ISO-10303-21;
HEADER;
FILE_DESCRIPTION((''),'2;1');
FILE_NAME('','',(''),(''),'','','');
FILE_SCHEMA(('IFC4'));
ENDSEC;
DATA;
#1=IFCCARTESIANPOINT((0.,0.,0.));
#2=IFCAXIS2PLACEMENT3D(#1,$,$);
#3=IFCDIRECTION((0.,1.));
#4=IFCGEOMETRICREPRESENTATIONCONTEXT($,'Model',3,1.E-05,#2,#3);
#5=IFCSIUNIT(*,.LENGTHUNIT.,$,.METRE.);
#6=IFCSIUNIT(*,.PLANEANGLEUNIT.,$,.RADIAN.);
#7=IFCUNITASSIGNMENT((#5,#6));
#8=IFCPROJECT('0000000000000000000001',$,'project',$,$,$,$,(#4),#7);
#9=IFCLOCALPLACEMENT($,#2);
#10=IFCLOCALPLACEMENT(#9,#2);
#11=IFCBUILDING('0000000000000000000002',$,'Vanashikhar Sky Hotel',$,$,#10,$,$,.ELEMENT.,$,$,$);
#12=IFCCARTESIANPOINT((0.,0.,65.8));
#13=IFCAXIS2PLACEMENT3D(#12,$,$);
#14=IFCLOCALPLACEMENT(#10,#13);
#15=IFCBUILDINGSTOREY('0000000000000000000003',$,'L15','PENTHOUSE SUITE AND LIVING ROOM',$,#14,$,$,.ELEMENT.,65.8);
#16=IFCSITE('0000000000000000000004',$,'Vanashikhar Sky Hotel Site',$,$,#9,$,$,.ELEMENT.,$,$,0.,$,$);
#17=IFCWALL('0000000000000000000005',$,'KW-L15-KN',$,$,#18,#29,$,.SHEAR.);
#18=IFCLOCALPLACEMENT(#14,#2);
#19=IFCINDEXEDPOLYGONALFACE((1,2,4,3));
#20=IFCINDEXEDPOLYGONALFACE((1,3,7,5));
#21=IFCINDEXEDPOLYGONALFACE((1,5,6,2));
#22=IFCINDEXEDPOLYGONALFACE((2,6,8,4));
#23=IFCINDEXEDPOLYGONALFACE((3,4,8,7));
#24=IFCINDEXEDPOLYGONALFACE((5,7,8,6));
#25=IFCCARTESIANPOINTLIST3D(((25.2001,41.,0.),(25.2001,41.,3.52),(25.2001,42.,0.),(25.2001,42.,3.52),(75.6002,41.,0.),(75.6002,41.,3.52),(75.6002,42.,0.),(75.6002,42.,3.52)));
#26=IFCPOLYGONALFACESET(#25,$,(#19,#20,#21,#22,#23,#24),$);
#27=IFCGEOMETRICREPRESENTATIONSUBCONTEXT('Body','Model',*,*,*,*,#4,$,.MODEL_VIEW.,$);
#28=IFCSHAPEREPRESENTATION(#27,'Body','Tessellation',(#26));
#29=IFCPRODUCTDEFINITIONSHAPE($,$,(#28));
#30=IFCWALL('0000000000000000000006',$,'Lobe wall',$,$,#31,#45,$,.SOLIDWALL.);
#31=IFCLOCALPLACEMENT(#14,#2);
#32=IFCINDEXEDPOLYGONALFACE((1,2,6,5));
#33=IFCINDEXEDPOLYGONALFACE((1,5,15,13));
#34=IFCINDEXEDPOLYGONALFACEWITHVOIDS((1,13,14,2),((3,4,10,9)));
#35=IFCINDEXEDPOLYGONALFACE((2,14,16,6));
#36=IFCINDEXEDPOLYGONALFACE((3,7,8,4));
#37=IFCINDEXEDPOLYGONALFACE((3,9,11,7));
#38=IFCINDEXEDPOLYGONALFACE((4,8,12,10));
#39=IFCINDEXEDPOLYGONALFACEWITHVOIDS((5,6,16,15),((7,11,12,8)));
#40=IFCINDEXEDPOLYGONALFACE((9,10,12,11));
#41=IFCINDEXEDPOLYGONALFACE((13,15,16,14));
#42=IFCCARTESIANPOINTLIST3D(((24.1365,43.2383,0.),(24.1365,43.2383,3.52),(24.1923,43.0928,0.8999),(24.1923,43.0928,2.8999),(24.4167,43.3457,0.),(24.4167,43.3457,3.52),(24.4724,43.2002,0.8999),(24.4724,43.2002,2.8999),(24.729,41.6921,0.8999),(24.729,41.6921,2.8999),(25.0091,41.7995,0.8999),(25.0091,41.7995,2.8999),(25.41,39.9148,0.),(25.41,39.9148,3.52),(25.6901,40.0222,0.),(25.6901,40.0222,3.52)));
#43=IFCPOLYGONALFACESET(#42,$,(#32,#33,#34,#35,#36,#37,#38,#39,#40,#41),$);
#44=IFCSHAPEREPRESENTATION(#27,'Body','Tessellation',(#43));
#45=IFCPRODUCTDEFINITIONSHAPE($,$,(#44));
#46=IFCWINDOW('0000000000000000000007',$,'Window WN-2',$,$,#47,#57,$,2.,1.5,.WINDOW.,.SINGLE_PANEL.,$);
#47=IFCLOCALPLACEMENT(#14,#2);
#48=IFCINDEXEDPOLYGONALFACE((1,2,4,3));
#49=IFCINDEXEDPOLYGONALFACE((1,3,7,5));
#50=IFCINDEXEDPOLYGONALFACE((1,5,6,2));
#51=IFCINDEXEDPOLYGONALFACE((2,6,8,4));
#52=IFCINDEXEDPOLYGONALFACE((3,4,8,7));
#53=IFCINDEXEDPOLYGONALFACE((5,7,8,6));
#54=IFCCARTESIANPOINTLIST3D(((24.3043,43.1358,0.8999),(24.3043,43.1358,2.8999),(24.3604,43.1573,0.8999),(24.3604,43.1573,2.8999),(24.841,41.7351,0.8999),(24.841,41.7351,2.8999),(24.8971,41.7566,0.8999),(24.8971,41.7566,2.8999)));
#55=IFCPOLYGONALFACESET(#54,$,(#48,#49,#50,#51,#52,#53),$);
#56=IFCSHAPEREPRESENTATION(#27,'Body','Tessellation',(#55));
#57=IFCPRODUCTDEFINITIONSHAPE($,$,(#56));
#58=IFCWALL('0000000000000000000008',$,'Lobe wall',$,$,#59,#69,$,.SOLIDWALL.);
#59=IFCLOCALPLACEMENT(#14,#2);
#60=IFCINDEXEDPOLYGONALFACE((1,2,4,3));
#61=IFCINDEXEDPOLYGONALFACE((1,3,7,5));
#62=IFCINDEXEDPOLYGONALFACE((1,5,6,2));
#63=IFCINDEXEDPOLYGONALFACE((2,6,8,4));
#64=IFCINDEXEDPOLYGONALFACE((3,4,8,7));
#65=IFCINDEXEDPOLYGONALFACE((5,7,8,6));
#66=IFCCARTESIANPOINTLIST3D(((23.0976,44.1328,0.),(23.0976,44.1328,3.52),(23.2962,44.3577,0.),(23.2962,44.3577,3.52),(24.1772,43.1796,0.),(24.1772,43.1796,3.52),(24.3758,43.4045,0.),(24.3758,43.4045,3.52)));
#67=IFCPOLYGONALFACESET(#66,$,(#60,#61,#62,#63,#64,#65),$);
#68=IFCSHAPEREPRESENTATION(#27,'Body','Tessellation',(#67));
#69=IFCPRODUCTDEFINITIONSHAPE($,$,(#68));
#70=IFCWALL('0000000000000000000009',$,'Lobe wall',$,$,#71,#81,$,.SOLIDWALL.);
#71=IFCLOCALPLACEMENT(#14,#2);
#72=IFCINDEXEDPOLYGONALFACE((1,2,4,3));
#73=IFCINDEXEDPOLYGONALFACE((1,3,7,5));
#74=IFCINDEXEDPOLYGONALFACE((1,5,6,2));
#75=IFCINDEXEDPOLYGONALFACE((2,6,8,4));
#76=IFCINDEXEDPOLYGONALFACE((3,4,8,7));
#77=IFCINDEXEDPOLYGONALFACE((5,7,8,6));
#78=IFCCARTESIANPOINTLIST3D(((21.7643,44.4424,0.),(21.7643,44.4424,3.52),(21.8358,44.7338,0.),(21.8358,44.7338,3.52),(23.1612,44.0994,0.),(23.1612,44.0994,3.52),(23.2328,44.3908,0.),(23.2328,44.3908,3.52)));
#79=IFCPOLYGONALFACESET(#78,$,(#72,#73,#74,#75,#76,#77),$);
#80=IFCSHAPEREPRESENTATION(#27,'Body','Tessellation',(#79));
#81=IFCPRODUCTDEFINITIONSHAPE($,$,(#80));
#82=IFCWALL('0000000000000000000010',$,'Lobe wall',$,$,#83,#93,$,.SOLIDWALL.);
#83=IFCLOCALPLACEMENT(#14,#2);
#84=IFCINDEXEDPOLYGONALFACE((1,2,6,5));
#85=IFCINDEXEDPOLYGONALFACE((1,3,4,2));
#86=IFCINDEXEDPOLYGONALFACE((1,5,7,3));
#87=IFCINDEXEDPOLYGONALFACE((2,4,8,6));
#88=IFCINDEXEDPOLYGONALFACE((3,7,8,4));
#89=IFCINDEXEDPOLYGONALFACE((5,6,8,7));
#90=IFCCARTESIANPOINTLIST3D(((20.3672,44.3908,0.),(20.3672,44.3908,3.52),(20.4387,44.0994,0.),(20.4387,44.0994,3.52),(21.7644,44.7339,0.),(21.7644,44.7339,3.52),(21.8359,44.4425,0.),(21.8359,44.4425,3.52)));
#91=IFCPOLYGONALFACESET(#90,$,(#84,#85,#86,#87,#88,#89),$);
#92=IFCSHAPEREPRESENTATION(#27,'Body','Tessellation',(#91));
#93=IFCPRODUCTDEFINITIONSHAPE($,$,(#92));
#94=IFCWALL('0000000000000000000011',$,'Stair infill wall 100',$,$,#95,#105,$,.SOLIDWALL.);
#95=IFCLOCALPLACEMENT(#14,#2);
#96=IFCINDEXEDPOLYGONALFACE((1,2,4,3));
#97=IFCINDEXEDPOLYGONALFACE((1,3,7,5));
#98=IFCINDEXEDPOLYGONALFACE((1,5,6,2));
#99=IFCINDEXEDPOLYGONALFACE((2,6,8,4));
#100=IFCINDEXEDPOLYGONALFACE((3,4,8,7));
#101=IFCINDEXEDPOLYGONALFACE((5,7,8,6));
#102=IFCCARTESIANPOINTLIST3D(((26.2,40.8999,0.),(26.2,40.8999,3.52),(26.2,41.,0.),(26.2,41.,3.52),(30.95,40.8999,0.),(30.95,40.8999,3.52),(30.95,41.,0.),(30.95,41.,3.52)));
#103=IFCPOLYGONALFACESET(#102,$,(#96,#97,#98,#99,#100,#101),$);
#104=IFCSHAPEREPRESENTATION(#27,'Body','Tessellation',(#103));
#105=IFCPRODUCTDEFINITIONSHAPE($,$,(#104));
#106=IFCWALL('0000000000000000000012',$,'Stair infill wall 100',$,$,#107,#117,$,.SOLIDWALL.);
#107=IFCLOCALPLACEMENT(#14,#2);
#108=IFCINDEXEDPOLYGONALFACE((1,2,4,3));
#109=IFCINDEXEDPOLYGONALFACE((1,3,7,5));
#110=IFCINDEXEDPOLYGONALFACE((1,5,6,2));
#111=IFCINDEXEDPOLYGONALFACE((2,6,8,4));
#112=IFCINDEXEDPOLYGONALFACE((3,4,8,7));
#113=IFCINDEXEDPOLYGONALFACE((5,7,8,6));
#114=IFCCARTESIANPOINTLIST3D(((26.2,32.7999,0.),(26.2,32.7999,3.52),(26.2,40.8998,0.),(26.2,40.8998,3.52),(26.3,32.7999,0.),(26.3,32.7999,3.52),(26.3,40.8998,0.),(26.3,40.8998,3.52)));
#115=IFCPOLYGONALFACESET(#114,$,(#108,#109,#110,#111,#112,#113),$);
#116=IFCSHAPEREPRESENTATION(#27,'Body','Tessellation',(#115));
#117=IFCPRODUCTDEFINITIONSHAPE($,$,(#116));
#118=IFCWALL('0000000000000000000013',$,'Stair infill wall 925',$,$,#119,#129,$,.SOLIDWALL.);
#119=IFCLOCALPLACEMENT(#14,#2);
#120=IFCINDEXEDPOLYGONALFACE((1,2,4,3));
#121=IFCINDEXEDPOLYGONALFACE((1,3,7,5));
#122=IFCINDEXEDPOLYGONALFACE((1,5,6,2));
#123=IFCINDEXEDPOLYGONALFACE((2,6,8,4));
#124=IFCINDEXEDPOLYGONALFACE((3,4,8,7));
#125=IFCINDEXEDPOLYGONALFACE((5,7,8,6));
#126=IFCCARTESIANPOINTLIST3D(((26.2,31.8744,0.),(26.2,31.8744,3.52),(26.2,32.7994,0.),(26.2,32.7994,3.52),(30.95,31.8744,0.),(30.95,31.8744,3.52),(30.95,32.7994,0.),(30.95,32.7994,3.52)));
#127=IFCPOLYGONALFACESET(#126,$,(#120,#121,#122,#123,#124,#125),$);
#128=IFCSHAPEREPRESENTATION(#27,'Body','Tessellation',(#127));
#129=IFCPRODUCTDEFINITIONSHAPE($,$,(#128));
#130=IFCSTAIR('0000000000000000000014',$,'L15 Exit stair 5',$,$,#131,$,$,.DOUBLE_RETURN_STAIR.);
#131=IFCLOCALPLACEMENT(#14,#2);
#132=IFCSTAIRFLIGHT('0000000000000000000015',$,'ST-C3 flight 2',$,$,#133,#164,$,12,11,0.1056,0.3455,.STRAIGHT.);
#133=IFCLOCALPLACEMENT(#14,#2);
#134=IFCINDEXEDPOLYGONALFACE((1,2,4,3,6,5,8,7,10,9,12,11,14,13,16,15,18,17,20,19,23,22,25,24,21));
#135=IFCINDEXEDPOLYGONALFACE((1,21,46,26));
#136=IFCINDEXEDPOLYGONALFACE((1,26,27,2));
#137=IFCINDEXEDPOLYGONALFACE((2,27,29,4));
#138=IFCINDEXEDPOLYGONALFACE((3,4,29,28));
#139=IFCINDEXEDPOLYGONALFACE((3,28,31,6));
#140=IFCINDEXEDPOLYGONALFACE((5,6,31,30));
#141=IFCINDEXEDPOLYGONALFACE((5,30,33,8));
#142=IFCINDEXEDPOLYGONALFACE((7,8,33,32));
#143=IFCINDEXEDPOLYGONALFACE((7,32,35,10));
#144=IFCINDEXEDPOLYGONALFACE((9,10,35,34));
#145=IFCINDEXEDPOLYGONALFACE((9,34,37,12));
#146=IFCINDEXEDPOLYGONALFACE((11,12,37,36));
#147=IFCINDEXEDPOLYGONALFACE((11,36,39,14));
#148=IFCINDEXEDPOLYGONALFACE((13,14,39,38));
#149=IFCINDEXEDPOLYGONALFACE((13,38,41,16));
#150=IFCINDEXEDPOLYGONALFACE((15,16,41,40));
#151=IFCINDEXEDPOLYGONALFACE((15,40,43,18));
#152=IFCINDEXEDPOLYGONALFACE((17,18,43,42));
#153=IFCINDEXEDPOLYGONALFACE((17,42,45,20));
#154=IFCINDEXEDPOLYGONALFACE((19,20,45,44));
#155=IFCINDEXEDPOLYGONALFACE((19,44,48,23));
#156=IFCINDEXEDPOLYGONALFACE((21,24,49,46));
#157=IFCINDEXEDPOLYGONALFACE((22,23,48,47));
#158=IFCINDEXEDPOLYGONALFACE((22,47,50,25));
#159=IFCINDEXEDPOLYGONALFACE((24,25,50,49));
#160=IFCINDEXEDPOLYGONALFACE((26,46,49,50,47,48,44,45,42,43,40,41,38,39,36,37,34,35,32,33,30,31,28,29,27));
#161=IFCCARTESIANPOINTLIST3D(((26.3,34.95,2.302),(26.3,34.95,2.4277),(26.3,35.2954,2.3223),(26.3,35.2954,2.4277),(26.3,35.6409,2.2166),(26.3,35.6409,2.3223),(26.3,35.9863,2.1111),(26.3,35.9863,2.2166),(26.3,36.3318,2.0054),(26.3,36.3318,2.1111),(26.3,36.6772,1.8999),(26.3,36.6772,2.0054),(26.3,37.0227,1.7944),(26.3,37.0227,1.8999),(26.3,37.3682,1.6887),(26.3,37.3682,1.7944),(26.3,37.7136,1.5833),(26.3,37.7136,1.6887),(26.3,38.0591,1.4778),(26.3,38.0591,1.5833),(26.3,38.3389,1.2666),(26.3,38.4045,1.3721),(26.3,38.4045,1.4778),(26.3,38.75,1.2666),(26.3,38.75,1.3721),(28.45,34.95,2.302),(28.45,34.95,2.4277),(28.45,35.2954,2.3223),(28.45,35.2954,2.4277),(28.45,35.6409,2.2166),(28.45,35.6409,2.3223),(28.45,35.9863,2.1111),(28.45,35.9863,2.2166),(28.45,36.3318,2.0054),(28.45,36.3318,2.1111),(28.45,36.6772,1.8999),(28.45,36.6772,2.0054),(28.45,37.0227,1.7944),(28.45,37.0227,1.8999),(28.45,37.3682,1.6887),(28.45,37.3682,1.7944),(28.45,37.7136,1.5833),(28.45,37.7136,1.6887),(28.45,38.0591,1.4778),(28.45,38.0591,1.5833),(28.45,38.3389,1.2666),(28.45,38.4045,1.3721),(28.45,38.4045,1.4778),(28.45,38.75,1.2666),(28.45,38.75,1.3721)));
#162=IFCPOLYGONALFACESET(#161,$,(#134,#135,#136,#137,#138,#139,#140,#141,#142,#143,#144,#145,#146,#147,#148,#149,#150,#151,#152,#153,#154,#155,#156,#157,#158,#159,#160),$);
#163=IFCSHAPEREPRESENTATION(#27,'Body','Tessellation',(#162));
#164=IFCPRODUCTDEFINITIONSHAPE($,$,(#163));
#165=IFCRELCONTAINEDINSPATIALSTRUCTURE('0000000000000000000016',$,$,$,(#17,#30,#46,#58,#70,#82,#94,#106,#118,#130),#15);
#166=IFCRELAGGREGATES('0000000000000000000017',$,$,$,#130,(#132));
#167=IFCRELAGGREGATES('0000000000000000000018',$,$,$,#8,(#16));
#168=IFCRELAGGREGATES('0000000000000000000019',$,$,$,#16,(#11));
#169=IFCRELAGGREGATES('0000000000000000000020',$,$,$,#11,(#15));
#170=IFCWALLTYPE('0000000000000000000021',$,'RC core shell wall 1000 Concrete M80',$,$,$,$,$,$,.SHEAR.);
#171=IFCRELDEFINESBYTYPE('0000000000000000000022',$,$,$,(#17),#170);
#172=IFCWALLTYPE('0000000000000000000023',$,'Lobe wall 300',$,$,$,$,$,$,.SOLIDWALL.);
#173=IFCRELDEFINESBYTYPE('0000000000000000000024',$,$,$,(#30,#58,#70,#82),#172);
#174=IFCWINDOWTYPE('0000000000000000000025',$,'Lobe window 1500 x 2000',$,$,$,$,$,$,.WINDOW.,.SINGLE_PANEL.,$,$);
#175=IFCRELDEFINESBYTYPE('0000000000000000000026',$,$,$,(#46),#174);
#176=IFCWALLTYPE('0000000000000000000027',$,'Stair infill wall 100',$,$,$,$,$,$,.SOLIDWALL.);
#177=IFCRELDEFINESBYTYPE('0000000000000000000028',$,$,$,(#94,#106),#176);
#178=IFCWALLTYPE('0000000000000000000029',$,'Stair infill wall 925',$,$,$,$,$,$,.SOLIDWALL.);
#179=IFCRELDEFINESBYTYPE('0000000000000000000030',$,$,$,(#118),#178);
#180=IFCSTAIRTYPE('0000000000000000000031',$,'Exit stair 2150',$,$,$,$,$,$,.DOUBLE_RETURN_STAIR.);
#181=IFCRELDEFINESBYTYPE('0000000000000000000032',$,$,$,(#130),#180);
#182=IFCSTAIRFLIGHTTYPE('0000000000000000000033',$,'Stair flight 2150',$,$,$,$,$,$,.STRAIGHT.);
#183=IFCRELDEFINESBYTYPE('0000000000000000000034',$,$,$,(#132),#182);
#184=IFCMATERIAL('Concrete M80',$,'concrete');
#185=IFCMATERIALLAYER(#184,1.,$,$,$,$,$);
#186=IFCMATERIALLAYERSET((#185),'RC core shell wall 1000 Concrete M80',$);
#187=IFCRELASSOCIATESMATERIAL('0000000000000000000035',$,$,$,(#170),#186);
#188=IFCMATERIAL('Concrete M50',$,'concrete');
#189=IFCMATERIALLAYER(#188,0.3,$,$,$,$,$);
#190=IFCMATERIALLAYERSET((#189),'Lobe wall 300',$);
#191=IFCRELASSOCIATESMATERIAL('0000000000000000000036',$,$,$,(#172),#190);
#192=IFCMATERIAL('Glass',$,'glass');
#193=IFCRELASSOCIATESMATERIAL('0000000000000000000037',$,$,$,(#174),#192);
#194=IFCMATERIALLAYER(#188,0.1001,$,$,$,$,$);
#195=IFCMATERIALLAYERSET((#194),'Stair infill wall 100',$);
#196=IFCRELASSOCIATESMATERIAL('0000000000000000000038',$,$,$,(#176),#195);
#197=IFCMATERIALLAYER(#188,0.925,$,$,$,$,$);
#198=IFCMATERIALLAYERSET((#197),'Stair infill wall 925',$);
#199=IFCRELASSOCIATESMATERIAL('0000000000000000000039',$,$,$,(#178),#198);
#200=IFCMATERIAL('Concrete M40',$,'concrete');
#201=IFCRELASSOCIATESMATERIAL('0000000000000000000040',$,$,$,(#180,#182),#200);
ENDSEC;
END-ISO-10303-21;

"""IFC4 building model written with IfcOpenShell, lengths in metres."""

from ifc_helpers import new_model, si_unit, direction, frame, frame_2d, origin, place, context, subcontext, project, spatial, polyline, rectangle, outline, extrude, source, transform, mapped, material, layer, layer_set, type_object, element, fill, aggregate, save


model = new_model("IFC4")

# Units and contexts
model_context = context("Model", 3, precision=1e-05, world=origin(), true_north=direction((0.0, 1.0)))
body_context = subcontext(model_context, "Body", "Model", "MODEL_VIEW")
ifc_project = project(units=[si_unit("LENGTHUNIT", "METRE"), si_unit("PLANEANGLEUNIT", "RADIAN")], contexts=[model_context])

# Site, building, storey
site_placement = place(None, origin())
site = spatial("IfcSite", under=ifc_project, at=site_placement, Name="Vanashikhar Sky Hotel Site", CompositionType="ELEMENT", RefElevation=0.0)
building_placement = place(site_placement, origin())
building = spatial("IfcBuilding", under=site, at=building_placement, Name="Vanashikhar Sky Hotel", CompositionType="ELEMENT")
storey_placement = place(building_placement, frame((0.0, 0.0, 65.8)))
storey = spatial("IfcBuildingStorey", under=building, at=storey_placement, Name="L15", Description="PENTHOUSE SUITE AND LIVING ROOM", CompositionType="ELEMENT", Elevation=65.8)

# Wall
ifc_material_1 = material(Name="Concrete M80", Category="concrete")
ifc_layer_1 = layer(ifc_material_1, 1.0)
ifc_layer_set_1 = layer_set([ifc_layer_1], Name="RC core shell wall 1000 Concrete M80")
wall_type_1 = type_object("IfcWallType", Name="RC core shell wall 1000 Concrete M80", PredefinedType="SHEAR", material=ifc_layer_set_1)
shared_shape_1 = source(origin(), body_context, "Body", "SweptSolid", [
    extrude(rectangle(XDim=50.4001, YDim=1.0, at=frame_2d((25.2002, 0.0))), origin(), (0.0, 0.0, 1.0), 3.52),
])
wall_1_placement = place(storey_placement, frame((25.2, 41.5, 0.0), z_axis=(0.0, 0.0, 1.0), x_axis=(1.0, 0.0, 0.0)))
element("IfcWall", 1, at=wall_1_placement, inside=storey, type_object=wall_type_1, Name="KW-L15-KN", PredefinedType="SHEAR", context=body_context, shape_type="MappedRepresentation", body=[
    mapped(shared_shape_1, transform((0.0, 0.0, 0.0), scale=1.0)),
])

# Wall, opening, window
ifc_material_2 = material(Name="Concrete M50", Category="concrete")
ifc_layer_2 = layer(ifc_material_2, 0.3)
ifc_layer_set_2 = layer_set([ifc_layer_2], Name="Lobe wall 300")
wall_type_2 = type_object("IfcWallType", Name="Lobe wall 300", PredefinedType="SOLIDWALL", material=ifc_layer_set_2)
shared_shape_2 = source(origin(), body_context, "Body", "SweptSolid", [
    extrude(rectangle(XDim=3.5591, YDim=0.3, at=frame_2d((1.7795, 0.0))), origin(), (0.0, 0.0, 1.0), 3.52),
])
wall_2_placement = place(storey_placement, frame((25.55, 39.9685, 0.0), z_axis=(0.0, 0.0, 1.0), x_axis=(-0.357797, 0.933799, 0.0)))
wall_2 = element("IfcWall", 2, at=wall_2_placement, inside=storey, type_object=wall_type_2, Name="Lobe wall", PredefinedType="SOLIDWALL", context=body_context, shape_type="MappedRepresentation", body=[
    mapped(shared_shape_2, transform((0.0, 0.0, 0.0), scale=1.0)),
])
shared_shape_3 = source(origin(), body_context, "Body", "SweptSolid", [
    extrude(rectangle(XDim=1.5, YDim=2.0, at=frame_2d((0.75, 1.0))), frame((0.0, 0.1602, 0.0), z_axis=(0.0, -1.0, 0.0), x_axis=(1.0, 0.0, 0.0)), (0.0, 0.0, 1.0), 0.3201),
])
opening_placement = place(wall_2_placement, frame((1.9033, 0.0, 0.8999)))
opening = element("IfcOpeningElement", 3, at=opening_placement, cuts=wall_2, PredefinedType="OPENING", context=body_context, shape_type="MappedRepresentation", body=[
    mapped(shared_shape_3, transform((0.0, 0.0, 0.0), scale=1.0)),
])
ifc_material_3 = material(Name="Glass", Category="glass")
window_type = type_object("IfcWindowType", Name="Lobe window 1500 x 2000", PartitioningType="SINGLE_PANEL", PredefinedType="WINDOW", material=ifc_material_3)
shared_shape_4 = source(origin(), body_context, "Body", "SweptSolid", [
    extrude(rectangle(XDim=1.5, YDim=2.0, at=frame_2d((0.75, 1.0))), frame((0.0, 0.03, 0.0), z_axis=(0.0, -1.0, 0.0), x_axis=(1.0, 0.0, 0.0)), (0.0, 0.0, 1.0), 0.0601),
])
window_placement = place(opening_placement, origin())
window = element("IfcWindow", 4, at=window_placement, inside=storey, type_object=window_type, Name="Window WN-2", OverallHeight=2.0, OverallWidth=1.5, PartitioningType="SINGLE_PANEL", PredefinedType="WINDOW", context=body_context, shape_type="MappedRepresentation", body=[
    mapped(shared_shape_4, transform((0.0, 0.0, 0.0), scale=1.0)),
])
fill(opening, window)

# Walls
shared_shape_5 = source(origin(), body_context, "Body", "SweptSolid", [
    extrude(rectangle(XDim=1.4402, YDim=0.3, at=frame_2d((0.7202, 0.0))), origin(), (0.0, 0.0, 1.0), 3.52),
])
wall_3_placement = place(storey_placement, frame((24.2766, 43.292, 0.0), z_axis=(0.0, 0.0, 1.0), x_axis=(-0.74965, 0.661835, 0.0)))
element("IfcWall", 5, at=wall_3_placement, inside=storey, type_object=wall_type_2, Name="Lobe wall", PredefinedType="SOLIDWALL", context=body_context, shape_type="MappedRepresentation", body=[
    mapped(shared_shape_5, transform((0.0, 0.0, 0.0), scale=1.0)),
])
shared_shape_6 = source(origin(), body_context, "Body", "SweptSolid", [
    extrude(rectangle(XDim=1.4385, YDim=0.3, at=frame_2d((0.7192, 0.0))), origin(), (0.0, 0.0, 1.0), 3.52),
])
wall_4_placement = place(storey_placement, frame((23.197, 44.2451, 0.0), z_axis=(0.0, 0.0, 1.0), x_axis=(-0.971152, 0.23846, 0.0)))
element("IfcWall", 6, at=wall_4_placement, inside=storey, type_object=wall_type_2, Name="Lobe wall", PredefinedType="SOLIDWALL", context=body_context, shape_type="MappedRepresentation", body=[
    mapped(shared_shape_6, transform((0.0, 0.0, 0.0), scale=1.0)),
])
shared_shape_7 = source(origin(), body_context, "Body", "SweptSolid", [
    extrude(rectangle(XDim=1.4387, YDim=0.3, at=frame_2d((0.7192, 0.0))), origin(), (0.0, 0.0, 1.0), 3.52),
])
wall_5_placement = place(storey_placement, frame((21.8, 44.5881, 0.0), z_axis=(0.0, 0.0, 1.0), x_axis=(-0.971162, -0.238421, 0.0)))
element("IfcWall", 7, at=wall_5_placement, inside=storey, type_object=wall_type_2, Name="Lobe wall", PredefinedType="SOLIDWALL", context=body_context, shape_type="MappedRepresentation", body=[
    mapped(shared_shape_7, transform((0.0, 0.0, 0.0), scale=1.0)),
])
ifc_layer_3 = layer(ifc_material_2, 0.1001)
ifc_layer_set_3 = layer_set([ifc_layer_3], Name="Stair infill wall 100")
wall_type_3 = type_object("IfcWallType", Name="Stair infill wall 100", PredefinedType="SOLIDWALL", material=ifc_layer_set_3)
shared_shape_8 = source(origin(), body_context, "Body", "SweptSolid", [
    extrude(rectangle(XDim=4.75, YDim=0.1001, at=frame_2d((2.375, 0.0))), origin(), (0.0, 0.0, 1.0), 3.52),
])
wall_6_placement = place(storey_placement, frame((26.2, 40.95, 0.0), z_axis=(0.0, 0.0, 1.0), x_axis=(1.0, 0.0, 0.0)))
element("IfcWall", 8, at=wall_6_placement, inside=storey, type_object=wall_type_3, Name="Stair infill wall 100", PredefinedType="SOLIDWALL", context=body_context, shape_type="MappedRepresentation", body=[
    mapped(shared_shape_8, transform((0.0, 0.0, 0.0), scale=1.0)),
])
shared_shape_9 = source(origin(), body_context, "Body", "SweptSolid", [
    extrude(rectangle(XDim=8.0999, YDim=0.1001, at=frame_2d((4.0498, 0.0))), origin(), (0.0, 0.0, 1.0), 3.52),
])
wall_7_placement = place(storey_placement, frame((26.25, 32.8, 0.0), z_axis=(0.0, 0.0, 1.0), x_axis=(0.0, 1.0, 0.0)))
element("IfcWall", 9, at=wall_7_placement, inside=storey, type_object=wall_type_3, Name="Stair infill wall 100", PredefinedType="SOLIDWALL", context=body_context, shape_type="MappedRepresentation", body=[
    mapped(shared_shape_9, transform((0.0, 0.0, 0.0), scale=1.0)),
])
ifc_layer_4 = layer(ifc_material_2, 0.925)
ifc_layer_set_4 = layer_set([ifc_layer_4], Name="Stair infill wall 925")
wall_type_4 = type_object("IfcWallType", Name="Stair infill wall 925", PredefinedType="SOLIDWALL", material=ifc_layer_set_4)
shared_shape_10 = source(origin(), body_context, "Body", "SweptSolid", [
    extrude(rectangle(XDim=4.75, YDim=0.925, at=frame_2d((2.375, 0.0))), origin(), (0.0, 0.0, 1.0), 3.52),
])
wall_8_placement = place(storey_placement, frame((26.2, 32.3369, 0.0), z_axis=(0.0, 0.0, 1.0), x_axis=(1.0, 0.0, 0.0)))
element("IfcWall", 10, at=wall_8_placement, inside=storey, type_object=wall_type_4, Name="Stair infill wall 925", PredefinedType="SOLIDWALL", context=body_context, shape_type="MappedRepresentation", body=[
    mapped(shared_shape_10, transform((0.0, 0.0, 0.0), scale=1.0)),
])

# Stair, stair flight
ifc_material_4 = material(Name="Concrete M40", Category="concrete")
stair_type = type_object("IfcStairType", Name="Exit stair 2150", PredefinedType="DOUBLE_RETURN_STAIR", material=ifc_material_4)
stair_placement = place(storey_placement, origin())
stair = element("IfcStair", 11, at=stair_placement, inside=storey, type_object=stair_type, Name="L15 Exit stair 5", PredefinedType="DOUBLE_RETURN_STAIR")
stair_flight_type = type_object("IfcStairFlightType", Name="Stair flight 2150", PredefinedType="STRAIGHT", material=ifc_material_4)
shared_shape_11 = source(origin(), body_context, "Body", "SweptSolid", [
    extrude(outline(polyline([(0.0, 0.0), (0.0, 0.1055), (0.3455, 0.1055), (0.3455, 0.2112), (0.6909, 0.2112), (0.6909, 0.3167), (1.0364, 0.3167), (1.0364, 0.4221), (1.3818, 0.4221), (1.3818, 0.5278), (1.7273, 0.5278), (1.7273, 0.6333), (2.0728, 0.6333), (2.0728, 0.7388), (2.4182, 0.7388), (2.4182, 0.8445), (2.7637, 0.8445), (2.7637, 0.95), (3.1091, 0.95), (3.1091, 1.0557), (3.4546, 1.0557), (3.4546, 1.1611), (3.8, 1.1611), (3.8, 1.2666), (3.8, 1.0354), (0.4111, 0.0), (0.0, 0.0)])), frame((0.0, 1.075, 0.0), z_axis=(0.0, -1.0, 0.0), x_axis=(1.0, 0.0, 0.0)), (0.0, 0.0, 1.0), 2.1499),
])
stair_flight_placement = place(storey_placement, frame((27.375, 38.75, 1.2666), z_axis=(0.0, 0.0, 1.0), x_axis=(0.0, -1.0, 0.0)))
stair_flight = element("IfcStairFlight", 12, at=stair_flight_placement, type_object=stair_flight_type, Name="ST-C3 flight 2", NumberOfRisers=12, NumberOfTreads=11, PredefinedType="STRAIGHT", RiserHeight=0.1056, TreadLength=0.3455, context=body_context, shape_type="MappedRepresentation", body=[
    mapped(shared_shape_11, transform((0.0, 0.0, 0.0), scale=1.0)),
])
aggregate(stair, [stair_flight])

save(model, "model.ifc")
